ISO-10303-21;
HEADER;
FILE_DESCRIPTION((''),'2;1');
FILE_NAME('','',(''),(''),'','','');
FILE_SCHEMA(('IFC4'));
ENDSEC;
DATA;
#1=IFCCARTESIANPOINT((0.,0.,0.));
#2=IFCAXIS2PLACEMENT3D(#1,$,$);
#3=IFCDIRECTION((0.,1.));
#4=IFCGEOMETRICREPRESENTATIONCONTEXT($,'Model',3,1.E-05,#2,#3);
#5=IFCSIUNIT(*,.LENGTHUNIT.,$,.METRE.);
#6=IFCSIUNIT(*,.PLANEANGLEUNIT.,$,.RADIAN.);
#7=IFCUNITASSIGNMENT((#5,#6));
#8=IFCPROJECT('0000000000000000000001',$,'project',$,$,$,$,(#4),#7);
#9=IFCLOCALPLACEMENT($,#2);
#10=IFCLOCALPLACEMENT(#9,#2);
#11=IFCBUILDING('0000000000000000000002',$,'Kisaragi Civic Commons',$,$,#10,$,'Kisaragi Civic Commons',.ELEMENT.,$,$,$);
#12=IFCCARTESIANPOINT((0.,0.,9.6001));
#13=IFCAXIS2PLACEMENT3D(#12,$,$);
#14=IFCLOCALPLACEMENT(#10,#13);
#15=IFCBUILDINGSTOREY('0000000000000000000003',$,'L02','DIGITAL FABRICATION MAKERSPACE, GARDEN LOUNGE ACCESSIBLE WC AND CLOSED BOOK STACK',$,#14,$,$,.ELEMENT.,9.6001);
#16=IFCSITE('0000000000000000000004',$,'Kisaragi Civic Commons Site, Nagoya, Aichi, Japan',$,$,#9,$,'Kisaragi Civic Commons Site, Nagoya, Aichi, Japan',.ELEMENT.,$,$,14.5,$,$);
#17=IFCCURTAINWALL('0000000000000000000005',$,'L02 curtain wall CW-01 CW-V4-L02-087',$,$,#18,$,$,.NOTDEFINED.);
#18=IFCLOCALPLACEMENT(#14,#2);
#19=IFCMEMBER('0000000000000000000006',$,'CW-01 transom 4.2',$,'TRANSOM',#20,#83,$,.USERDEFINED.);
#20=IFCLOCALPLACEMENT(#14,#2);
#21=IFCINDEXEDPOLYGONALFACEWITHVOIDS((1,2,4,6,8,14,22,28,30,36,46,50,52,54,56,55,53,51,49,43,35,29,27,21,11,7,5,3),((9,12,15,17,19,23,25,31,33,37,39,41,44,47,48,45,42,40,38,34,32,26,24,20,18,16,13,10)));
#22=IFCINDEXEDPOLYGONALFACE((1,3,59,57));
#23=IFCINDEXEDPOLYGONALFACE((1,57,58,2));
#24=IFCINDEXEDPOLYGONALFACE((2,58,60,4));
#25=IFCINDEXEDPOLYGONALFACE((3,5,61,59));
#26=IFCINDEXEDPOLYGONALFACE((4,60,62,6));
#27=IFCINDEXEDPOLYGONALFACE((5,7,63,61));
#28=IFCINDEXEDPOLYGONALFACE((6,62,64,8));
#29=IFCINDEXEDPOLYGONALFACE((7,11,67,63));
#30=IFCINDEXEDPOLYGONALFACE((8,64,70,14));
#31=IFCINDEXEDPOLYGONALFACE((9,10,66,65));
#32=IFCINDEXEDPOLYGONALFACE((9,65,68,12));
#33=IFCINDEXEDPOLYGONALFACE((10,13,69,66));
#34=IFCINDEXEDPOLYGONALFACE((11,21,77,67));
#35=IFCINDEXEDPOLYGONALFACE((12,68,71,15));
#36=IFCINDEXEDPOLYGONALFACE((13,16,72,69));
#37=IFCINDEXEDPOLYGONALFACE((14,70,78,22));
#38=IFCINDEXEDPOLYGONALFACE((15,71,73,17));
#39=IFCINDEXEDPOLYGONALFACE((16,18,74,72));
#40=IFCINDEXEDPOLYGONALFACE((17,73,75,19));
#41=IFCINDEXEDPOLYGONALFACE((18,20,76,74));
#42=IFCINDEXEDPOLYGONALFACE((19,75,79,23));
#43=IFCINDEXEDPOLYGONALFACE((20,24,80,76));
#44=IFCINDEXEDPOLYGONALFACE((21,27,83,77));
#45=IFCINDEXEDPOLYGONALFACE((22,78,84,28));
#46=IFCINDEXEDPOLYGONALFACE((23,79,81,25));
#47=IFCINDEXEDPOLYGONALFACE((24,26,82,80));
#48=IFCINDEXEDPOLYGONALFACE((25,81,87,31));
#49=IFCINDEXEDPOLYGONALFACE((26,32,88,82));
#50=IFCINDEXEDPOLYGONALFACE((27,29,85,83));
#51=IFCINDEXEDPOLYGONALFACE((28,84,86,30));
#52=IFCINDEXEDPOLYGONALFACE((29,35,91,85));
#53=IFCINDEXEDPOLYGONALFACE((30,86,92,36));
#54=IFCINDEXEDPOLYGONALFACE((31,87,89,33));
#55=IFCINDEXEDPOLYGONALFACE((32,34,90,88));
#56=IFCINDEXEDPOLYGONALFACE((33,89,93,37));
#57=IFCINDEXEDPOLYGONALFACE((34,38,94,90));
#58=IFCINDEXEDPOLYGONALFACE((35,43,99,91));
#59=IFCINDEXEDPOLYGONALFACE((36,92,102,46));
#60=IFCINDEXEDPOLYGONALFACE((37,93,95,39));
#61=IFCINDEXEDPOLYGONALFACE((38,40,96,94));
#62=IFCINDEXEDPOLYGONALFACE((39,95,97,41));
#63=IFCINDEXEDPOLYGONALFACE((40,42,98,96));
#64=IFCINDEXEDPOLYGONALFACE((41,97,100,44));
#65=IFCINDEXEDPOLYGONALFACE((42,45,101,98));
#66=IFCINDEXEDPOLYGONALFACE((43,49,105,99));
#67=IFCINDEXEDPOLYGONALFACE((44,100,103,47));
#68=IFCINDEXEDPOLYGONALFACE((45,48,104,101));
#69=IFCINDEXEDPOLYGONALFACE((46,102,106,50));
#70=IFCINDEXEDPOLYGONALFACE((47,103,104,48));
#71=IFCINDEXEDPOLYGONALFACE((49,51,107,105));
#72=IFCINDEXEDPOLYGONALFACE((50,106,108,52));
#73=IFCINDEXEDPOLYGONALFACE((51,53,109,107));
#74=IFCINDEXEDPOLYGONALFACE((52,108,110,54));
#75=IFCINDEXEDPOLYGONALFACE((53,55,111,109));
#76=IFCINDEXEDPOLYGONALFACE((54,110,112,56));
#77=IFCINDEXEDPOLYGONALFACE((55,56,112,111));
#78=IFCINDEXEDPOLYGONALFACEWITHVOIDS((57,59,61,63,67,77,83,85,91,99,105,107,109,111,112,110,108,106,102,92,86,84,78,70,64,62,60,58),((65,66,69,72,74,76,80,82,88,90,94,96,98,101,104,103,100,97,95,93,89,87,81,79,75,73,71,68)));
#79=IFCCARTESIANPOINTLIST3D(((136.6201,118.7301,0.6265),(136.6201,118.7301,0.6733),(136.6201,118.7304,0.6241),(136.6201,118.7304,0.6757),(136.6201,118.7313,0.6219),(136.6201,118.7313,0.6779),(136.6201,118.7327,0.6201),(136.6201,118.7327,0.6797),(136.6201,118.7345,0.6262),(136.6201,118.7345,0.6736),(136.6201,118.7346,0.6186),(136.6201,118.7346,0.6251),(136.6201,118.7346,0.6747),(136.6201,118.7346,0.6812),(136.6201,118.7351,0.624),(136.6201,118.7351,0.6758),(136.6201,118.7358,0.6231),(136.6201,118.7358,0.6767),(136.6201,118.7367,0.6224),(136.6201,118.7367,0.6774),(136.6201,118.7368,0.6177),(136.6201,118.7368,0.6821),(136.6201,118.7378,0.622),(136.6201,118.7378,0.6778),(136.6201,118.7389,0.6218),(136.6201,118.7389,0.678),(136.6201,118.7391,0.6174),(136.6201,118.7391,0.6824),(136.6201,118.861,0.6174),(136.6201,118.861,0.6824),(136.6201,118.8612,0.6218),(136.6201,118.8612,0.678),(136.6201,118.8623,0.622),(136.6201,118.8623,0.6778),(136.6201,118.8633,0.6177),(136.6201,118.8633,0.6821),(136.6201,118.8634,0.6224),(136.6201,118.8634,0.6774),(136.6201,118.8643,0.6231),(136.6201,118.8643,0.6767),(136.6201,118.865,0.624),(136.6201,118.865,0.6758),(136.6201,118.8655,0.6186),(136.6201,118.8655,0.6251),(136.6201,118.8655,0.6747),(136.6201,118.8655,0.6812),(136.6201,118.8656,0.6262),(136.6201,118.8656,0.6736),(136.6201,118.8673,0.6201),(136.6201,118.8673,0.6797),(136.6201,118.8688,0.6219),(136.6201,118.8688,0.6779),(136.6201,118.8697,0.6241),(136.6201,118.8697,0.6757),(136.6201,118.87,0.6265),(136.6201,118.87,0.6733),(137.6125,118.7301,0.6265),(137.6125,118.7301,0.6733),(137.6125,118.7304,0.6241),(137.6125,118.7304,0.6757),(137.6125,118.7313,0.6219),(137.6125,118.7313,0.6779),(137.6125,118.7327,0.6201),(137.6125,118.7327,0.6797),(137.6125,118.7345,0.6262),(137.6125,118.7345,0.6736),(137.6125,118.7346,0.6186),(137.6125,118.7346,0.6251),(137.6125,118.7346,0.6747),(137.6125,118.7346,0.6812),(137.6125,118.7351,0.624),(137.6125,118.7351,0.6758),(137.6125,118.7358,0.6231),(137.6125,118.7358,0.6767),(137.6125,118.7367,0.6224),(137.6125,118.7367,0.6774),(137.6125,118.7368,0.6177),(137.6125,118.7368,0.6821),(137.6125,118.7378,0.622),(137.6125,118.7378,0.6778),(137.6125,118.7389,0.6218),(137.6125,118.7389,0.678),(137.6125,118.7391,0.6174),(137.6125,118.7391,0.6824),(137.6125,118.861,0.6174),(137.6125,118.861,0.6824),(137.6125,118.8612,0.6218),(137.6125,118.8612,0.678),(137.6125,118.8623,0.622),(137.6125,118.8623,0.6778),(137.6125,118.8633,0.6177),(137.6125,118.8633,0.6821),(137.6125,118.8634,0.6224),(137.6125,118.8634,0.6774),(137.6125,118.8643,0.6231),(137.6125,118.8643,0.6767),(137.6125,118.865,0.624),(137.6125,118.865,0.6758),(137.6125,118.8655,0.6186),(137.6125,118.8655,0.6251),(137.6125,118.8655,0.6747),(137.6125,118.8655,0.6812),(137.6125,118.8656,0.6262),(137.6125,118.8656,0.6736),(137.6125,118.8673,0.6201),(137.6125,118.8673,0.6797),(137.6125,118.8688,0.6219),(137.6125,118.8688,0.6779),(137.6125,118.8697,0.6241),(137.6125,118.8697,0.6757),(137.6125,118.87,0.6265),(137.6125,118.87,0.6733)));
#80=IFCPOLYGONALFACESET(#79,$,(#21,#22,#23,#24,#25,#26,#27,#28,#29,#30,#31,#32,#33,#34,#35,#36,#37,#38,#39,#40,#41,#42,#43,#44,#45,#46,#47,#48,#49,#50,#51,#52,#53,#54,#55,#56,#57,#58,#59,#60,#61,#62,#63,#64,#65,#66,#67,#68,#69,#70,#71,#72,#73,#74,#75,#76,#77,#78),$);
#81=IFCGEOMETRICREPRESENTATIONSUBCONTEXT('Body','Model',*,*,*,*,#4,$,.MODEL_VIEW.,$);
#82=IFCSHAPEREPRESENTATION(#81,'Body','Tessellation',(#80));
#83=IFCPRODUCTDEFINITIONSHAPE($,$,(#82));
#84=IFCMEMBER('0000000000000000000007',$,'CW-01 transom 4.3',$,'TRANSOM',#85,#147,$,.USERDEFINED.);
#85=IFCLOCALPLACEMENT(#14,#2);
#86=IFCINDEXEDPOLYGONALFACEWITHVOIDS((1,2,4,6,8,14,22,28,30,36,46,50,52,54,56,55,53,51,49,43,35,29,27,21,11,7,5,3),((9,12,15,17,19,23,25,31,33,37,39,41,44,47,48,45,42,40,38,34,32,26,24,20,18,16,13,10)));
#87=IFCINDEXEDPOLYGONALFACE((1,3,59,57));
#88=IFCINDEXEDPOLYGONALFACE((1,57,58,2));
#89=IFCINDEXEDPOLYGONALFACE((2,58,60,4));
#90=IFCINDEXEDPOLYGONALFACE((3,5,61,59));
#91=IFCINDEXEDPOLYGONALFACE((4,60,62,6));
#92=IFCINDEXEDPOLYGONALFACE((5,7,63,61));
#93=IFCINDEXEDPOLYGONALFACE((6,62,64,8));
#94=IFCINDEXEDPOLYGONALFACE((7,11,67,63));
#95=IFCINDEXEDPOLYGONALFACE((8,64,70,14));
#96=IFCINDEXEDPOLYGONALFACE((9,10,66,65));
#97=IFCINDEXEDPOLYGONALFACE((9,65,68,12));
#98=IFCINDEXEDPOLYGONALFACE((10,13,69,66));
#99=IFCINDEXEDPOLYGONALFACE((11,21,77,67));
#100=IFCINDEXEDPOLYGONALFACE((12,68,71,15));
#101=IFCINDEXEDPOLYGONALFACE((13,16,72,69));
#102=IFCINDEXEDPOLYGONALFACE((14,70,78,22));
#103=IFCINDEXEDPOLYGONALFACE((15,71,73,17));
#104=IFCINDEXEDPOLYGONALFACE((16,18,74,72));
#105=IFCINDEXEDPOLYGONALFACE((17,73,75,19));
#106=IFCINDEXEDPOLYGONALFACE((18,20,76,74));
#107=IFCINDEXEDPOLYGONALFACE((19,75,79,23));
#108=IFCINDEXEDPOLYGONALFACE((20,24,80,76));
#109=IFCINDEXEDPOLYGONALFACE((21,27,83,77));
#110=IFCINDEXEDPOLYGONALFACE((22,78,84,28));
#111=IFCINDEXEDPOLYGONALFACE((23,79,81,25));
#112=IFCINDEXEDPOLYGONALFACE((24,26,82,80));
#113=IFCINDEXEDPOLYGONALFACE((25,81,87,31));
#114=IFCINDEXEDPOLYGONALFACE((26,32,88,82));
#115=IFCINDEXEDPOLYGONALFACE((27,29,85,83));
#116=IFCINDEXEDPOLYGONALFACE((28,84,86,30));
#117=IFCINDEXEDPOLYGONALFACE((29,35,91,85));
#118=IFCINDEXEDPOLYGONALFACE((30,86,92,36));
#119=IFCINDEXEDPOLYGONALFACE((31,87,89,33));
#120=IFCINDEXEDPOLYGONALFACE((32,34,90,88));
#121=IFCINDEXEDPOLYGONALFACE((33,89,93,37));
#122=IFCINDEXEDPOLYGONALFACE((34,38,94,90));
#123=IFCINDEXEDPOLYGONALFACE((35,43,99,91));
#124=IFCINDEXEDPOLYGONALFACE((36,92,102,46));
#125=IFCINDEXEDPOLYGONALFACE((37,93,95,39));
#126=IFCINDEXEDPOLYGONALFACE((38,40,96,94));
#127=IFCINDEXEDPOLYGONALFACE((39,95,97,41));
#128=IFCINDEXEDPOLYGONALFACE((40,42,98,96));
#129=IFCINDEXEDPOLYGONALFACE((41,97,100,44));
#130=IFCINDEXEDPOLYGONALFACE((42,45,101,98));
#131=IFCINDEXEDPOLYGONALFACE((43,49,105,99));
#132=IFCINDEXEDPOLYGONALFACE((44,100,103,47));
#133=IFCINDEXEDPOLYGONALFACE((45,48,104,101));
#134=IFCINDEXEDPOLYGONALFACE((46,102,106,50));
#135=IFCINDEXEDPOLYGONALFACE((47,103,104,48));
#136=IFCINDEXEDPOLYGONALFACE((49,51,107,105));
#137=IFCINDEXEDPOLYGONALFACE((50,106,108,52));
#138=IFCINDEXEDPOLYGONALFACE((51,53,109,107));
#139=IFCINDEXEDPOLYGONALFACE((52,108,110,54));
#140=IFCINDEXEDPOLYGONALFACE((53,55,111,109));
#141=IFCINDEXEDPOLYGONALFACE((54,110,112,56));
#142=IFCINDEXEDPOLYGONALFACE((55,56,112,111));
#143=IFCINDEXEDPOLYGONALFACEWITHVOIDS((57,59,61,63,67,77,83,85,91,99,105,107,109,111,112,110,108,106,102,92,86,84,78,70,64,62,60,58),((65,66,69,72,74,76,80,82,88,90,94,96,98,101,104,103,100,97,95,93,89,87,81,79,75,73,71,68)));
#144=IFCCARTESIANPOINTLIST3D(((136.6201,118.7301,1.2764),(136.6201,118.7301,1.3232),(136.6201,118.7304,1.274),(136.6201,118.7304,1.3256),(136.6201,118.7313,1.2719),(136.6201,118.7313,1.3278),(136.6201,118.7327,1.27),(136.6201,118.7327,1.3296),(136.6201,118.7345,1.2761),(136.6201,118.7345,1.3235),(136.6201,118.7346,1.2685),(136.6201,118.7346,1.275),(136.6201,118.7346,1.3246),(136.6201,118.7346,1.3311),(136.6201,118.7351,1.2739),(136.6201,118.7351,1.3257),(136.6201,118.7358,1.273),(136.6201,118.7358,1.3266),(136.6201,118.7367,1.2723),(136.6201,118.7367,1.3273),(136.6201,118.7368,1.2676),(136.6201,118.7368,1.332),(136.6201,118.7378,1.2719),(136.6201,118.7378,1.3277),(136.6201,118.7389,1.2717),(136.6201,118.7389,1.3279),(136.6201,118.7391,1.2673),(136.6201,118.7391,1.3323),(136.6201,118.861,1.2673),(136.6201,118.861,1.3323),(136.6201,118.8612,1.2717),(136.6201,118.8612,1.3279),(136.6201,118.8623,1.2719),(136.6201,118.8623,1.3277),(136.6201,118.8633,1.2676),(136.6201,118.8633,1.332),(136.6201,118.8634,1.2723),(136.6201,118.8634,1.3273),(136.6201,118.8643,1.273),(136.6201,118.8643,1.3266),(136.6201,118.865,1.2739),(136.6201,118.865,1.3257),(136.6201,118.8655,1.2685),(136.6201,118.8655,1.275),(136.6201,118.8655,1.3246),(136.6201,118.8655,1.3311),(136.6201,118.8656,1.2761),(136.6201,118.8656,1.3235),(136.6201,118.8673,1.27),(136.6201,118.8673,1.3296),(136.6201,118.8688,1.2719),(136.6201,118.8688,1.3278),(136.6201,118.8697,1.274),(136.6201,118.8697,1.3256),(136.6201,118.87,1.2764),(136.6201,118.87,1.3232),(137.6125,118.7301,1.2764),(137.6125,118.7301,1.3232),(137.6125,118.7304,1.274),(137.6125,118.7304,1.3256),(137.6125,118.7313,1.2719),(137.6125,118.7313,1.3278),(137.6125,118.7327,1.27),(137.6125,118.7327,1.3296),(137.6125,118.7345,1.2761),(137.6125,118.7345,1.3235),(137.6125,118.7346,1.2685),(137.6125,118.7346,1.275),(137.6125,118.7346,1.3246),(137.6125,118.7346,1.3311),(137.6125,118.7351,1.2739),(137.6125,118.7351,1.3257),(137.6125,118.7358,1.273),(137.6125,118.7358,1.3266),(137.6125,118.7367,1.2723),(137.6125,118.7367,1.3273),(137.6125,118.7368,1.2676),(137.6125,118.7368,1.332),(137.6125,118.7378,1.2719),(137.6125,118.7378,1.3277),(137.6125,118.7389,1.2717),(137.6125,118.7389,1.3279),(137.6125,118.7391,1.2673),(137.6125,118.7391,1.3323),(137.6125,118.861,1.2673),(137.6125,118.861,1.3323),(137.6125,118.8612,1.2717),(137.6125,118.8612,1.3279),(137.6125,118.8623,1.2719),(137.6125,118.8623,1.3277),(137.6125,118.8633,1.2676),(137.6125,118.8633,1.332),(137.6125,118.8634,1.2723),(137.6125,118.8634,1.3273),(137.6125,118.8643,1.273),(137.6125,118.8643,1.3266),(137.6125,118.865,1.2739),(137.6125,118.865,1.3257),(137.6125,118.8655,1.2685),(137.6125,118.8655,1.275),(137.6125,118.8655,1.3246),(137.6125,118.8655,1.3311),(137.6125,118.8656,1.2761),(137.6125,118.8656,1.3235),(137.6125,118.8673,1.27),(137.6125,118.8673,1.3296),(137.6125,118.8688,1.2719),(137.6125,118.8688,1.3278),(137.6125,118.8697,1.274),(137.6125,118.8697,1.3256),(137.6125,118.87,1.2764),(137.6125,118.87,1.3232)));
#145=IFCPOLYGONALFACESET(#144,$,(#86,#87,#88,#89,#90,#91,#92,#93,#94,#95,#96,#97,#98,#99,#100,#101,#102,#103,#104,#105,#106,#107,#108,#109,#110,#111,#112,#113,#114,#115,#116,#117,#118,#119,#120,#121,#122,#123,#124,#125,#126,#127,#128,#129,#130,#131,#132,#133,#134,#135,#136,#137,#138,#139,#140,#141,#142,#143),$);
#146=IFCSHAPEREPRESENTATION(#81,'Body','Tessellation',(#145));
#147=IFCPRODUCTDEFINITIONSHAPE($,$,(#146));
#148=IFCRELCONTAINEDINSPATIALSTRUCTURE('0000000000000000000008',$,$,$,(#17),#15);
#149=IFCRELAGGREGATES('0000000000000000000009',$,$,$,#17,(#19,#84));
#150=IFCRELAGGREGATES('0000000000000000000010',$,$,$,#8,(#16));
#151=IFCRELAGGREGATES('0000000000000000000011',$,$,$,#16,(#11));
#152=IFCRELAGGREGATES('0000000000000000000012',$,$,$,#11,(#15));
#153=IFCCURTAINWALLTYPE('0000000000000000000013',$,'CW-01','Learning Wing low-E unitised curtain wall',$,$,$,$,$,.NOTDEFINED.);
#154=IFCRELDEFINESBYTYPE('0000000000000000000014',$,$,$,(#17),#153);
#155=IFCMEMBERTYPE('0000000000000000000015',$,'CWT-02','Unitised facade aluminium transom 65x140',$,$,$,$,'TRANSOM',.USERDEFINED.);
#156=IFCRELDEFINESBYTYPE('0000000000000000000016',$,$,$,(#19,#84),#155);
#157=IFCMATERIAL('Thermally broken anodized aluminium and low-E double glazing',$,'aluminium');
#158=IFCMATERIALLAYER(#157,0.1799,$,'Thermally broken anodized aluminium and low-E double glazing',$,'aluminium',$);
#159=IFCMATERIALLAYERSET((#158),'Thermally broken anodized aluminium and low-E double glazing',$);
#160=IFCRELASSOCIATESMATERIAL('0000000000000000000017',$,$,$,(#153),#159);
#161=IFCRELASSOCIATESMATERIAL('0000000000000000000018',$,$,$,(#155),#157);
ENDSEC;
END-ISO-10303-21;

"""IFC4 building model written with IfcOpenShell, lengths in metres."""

from ifc_helpers import new_model, si_unit, direction, frame, origin, origin_2d, place, context, subcontext, project, spatial, hollow_rectangle, extrude, material, layer, layer_set, material_profile, profile_set, type_object, element, aggregate, save


model = new_model("IFC4")

# Units and contexts
model_context = context("Model", 3, precision=1e-05, world=origin(), true_north=direction((0.0, 1.0)))
body_context = subcontext(model_context, "Body", "Model", "MODEL_VIEW")
ifc_project = project(units=[si_unit("LENGTHUNIT", "METRE"), si_unit("PLANEANGLEUNIT", "RADIAN")], contexts=[model_context])

# Site, building, storey
site_placement = place(None, origin())
site = spatial("IfcSite", under=ifc_project, at=site_placement, Name="Kisaragi Civic Commons Site, Nagoya, Aichi, Japan", LongName="Kisaragi Civic Commons Site, Nagoya, Aichi, Japan", CompositionType="ELEMENT", RefElevation=14.5)
building_placement = place(site_placement, origin())
building = spatial("IfcBuilding", under=site, at=building_placement, Name="Kisaragi Civic Commons", LongName="Kisaragi Civic Commons", CompositionType="ELEMENT")
storey_placement = place(building_placement, frame((0.0, 0.0, 9.6001)))
storey = spatial("IfcBuildingStorey", under=building, at=storey_placement, Name="L02", Description="DIGITAL FABRICATION MAKERSPACE, GARDEN LOUNGE ACCESSIBLE WC AND CLOSED BOOK STACK", CompositionType="ELEMENT", Elevation=9.6001)

# Curtain wall, members
ifc_material_1 = material(Name="Thermally broken anodized aluminium and low-E double glazing", Category="aluminium")
ifc_layer_1 = layer(ifc_material_1, 0.1799, Name="Thermally broken anodized aluminium and low-E double glazing", Category="aluminium")
ifc_layer_set_1 = layer_set([ifc_layer_1], Name="Thermally broken anodized aluminium and low-E double glazing")
curtain_wall_type = type_object("IfcCurtainWallType", Name="CW-01", Description="Learning Wing low-E unitised curtain wall", PredefinedType="NOTDEFINED", material=ifc_layer_set_1)
curtain_wall_placement = place(storey_placement, origin())
curtain_wall = element("IfcCurtainWall", 1, at=curtain_wall_placement, inside=storey, type_object=curtain_wall_type, Name="L02 curtain wall CW-01 CW-V4-L02-087", PredefinedType="NOTDEFINED")
ifc_material_profile_1 = material_profile(ifc_material_1, hollow_rectangle(XDim=0.1399, YDim=0.0649, WallThickness=0.0044, InnerFilletRadius=0.0044, OuterFilletRadius=0.009, at=origin_2d()), Name="CWT-65x140x4.5", Category="aluminium")
ifc_profile_set_1 = profile_set([ifc_material_profile_1], Name="Thermally broken anodized aluminium and low-E double glazing")
member_type_1 = type_object("IfcMemberType", Name="CWT-02", Description="Unitised facade aluminium transom 65x140", ElementType="TRANSOM", PredefinedType="USERDEFINED", material=ifc_profile_set_1)
member_1_placement = place(storey_placement, frame((136.6201, 118.8, 0.6499), z_axis=(1.0, 0.0, 0.0), x_axis=(0.0, 1.0, 0.0)))
member_1 = element("IfcMember", 2, at=member_1_placement, type_object=member_type_1, Name="CW-01 transom 4.2", ObjectType="TRANSOM", PredefinedType="USERDEFINED", context=body_context, shape_type="SweptSolid", body=[
    extrude(hollow_rectangle(XDim=0.1399, YDim=0.0649, WallThickness=0.0044, InnerFilletRadius=0.0044, OuterFilletRadius=0.009, at=origin_2d()), origin(), (0.0, 0.0, 1.0), 0.9924),
])
member_2_placement = place(storey_placement, frame((136.6201, 118.8, 1.2998), z_axis=(1.0, 0.0, 0.0), x_axis=(0.0, 1.0, 0.0)))
member_2 = element("IfcMember", 3, at=member_2_placement, type_object=member_type_1, Name="CW-01 transom 4.3", ObjectType="TRANSOM", PredefinedType="USERDEFINED", context=body_context, shape_type="SweptSolid", body=[
    extrude(hollow_rectangle(XDim=0.1399, YDim=0.0649, WallThickness=0.0044, InnerFilletRadius=0.0044, OuterFilletRadius=0.009, at=origin_2d()), origin(), (0.0, 0.0, 1.0), 0.9924),
])
aggregate(curtain_wall, [member_1, member_2])

save(model, "model.ifc")
